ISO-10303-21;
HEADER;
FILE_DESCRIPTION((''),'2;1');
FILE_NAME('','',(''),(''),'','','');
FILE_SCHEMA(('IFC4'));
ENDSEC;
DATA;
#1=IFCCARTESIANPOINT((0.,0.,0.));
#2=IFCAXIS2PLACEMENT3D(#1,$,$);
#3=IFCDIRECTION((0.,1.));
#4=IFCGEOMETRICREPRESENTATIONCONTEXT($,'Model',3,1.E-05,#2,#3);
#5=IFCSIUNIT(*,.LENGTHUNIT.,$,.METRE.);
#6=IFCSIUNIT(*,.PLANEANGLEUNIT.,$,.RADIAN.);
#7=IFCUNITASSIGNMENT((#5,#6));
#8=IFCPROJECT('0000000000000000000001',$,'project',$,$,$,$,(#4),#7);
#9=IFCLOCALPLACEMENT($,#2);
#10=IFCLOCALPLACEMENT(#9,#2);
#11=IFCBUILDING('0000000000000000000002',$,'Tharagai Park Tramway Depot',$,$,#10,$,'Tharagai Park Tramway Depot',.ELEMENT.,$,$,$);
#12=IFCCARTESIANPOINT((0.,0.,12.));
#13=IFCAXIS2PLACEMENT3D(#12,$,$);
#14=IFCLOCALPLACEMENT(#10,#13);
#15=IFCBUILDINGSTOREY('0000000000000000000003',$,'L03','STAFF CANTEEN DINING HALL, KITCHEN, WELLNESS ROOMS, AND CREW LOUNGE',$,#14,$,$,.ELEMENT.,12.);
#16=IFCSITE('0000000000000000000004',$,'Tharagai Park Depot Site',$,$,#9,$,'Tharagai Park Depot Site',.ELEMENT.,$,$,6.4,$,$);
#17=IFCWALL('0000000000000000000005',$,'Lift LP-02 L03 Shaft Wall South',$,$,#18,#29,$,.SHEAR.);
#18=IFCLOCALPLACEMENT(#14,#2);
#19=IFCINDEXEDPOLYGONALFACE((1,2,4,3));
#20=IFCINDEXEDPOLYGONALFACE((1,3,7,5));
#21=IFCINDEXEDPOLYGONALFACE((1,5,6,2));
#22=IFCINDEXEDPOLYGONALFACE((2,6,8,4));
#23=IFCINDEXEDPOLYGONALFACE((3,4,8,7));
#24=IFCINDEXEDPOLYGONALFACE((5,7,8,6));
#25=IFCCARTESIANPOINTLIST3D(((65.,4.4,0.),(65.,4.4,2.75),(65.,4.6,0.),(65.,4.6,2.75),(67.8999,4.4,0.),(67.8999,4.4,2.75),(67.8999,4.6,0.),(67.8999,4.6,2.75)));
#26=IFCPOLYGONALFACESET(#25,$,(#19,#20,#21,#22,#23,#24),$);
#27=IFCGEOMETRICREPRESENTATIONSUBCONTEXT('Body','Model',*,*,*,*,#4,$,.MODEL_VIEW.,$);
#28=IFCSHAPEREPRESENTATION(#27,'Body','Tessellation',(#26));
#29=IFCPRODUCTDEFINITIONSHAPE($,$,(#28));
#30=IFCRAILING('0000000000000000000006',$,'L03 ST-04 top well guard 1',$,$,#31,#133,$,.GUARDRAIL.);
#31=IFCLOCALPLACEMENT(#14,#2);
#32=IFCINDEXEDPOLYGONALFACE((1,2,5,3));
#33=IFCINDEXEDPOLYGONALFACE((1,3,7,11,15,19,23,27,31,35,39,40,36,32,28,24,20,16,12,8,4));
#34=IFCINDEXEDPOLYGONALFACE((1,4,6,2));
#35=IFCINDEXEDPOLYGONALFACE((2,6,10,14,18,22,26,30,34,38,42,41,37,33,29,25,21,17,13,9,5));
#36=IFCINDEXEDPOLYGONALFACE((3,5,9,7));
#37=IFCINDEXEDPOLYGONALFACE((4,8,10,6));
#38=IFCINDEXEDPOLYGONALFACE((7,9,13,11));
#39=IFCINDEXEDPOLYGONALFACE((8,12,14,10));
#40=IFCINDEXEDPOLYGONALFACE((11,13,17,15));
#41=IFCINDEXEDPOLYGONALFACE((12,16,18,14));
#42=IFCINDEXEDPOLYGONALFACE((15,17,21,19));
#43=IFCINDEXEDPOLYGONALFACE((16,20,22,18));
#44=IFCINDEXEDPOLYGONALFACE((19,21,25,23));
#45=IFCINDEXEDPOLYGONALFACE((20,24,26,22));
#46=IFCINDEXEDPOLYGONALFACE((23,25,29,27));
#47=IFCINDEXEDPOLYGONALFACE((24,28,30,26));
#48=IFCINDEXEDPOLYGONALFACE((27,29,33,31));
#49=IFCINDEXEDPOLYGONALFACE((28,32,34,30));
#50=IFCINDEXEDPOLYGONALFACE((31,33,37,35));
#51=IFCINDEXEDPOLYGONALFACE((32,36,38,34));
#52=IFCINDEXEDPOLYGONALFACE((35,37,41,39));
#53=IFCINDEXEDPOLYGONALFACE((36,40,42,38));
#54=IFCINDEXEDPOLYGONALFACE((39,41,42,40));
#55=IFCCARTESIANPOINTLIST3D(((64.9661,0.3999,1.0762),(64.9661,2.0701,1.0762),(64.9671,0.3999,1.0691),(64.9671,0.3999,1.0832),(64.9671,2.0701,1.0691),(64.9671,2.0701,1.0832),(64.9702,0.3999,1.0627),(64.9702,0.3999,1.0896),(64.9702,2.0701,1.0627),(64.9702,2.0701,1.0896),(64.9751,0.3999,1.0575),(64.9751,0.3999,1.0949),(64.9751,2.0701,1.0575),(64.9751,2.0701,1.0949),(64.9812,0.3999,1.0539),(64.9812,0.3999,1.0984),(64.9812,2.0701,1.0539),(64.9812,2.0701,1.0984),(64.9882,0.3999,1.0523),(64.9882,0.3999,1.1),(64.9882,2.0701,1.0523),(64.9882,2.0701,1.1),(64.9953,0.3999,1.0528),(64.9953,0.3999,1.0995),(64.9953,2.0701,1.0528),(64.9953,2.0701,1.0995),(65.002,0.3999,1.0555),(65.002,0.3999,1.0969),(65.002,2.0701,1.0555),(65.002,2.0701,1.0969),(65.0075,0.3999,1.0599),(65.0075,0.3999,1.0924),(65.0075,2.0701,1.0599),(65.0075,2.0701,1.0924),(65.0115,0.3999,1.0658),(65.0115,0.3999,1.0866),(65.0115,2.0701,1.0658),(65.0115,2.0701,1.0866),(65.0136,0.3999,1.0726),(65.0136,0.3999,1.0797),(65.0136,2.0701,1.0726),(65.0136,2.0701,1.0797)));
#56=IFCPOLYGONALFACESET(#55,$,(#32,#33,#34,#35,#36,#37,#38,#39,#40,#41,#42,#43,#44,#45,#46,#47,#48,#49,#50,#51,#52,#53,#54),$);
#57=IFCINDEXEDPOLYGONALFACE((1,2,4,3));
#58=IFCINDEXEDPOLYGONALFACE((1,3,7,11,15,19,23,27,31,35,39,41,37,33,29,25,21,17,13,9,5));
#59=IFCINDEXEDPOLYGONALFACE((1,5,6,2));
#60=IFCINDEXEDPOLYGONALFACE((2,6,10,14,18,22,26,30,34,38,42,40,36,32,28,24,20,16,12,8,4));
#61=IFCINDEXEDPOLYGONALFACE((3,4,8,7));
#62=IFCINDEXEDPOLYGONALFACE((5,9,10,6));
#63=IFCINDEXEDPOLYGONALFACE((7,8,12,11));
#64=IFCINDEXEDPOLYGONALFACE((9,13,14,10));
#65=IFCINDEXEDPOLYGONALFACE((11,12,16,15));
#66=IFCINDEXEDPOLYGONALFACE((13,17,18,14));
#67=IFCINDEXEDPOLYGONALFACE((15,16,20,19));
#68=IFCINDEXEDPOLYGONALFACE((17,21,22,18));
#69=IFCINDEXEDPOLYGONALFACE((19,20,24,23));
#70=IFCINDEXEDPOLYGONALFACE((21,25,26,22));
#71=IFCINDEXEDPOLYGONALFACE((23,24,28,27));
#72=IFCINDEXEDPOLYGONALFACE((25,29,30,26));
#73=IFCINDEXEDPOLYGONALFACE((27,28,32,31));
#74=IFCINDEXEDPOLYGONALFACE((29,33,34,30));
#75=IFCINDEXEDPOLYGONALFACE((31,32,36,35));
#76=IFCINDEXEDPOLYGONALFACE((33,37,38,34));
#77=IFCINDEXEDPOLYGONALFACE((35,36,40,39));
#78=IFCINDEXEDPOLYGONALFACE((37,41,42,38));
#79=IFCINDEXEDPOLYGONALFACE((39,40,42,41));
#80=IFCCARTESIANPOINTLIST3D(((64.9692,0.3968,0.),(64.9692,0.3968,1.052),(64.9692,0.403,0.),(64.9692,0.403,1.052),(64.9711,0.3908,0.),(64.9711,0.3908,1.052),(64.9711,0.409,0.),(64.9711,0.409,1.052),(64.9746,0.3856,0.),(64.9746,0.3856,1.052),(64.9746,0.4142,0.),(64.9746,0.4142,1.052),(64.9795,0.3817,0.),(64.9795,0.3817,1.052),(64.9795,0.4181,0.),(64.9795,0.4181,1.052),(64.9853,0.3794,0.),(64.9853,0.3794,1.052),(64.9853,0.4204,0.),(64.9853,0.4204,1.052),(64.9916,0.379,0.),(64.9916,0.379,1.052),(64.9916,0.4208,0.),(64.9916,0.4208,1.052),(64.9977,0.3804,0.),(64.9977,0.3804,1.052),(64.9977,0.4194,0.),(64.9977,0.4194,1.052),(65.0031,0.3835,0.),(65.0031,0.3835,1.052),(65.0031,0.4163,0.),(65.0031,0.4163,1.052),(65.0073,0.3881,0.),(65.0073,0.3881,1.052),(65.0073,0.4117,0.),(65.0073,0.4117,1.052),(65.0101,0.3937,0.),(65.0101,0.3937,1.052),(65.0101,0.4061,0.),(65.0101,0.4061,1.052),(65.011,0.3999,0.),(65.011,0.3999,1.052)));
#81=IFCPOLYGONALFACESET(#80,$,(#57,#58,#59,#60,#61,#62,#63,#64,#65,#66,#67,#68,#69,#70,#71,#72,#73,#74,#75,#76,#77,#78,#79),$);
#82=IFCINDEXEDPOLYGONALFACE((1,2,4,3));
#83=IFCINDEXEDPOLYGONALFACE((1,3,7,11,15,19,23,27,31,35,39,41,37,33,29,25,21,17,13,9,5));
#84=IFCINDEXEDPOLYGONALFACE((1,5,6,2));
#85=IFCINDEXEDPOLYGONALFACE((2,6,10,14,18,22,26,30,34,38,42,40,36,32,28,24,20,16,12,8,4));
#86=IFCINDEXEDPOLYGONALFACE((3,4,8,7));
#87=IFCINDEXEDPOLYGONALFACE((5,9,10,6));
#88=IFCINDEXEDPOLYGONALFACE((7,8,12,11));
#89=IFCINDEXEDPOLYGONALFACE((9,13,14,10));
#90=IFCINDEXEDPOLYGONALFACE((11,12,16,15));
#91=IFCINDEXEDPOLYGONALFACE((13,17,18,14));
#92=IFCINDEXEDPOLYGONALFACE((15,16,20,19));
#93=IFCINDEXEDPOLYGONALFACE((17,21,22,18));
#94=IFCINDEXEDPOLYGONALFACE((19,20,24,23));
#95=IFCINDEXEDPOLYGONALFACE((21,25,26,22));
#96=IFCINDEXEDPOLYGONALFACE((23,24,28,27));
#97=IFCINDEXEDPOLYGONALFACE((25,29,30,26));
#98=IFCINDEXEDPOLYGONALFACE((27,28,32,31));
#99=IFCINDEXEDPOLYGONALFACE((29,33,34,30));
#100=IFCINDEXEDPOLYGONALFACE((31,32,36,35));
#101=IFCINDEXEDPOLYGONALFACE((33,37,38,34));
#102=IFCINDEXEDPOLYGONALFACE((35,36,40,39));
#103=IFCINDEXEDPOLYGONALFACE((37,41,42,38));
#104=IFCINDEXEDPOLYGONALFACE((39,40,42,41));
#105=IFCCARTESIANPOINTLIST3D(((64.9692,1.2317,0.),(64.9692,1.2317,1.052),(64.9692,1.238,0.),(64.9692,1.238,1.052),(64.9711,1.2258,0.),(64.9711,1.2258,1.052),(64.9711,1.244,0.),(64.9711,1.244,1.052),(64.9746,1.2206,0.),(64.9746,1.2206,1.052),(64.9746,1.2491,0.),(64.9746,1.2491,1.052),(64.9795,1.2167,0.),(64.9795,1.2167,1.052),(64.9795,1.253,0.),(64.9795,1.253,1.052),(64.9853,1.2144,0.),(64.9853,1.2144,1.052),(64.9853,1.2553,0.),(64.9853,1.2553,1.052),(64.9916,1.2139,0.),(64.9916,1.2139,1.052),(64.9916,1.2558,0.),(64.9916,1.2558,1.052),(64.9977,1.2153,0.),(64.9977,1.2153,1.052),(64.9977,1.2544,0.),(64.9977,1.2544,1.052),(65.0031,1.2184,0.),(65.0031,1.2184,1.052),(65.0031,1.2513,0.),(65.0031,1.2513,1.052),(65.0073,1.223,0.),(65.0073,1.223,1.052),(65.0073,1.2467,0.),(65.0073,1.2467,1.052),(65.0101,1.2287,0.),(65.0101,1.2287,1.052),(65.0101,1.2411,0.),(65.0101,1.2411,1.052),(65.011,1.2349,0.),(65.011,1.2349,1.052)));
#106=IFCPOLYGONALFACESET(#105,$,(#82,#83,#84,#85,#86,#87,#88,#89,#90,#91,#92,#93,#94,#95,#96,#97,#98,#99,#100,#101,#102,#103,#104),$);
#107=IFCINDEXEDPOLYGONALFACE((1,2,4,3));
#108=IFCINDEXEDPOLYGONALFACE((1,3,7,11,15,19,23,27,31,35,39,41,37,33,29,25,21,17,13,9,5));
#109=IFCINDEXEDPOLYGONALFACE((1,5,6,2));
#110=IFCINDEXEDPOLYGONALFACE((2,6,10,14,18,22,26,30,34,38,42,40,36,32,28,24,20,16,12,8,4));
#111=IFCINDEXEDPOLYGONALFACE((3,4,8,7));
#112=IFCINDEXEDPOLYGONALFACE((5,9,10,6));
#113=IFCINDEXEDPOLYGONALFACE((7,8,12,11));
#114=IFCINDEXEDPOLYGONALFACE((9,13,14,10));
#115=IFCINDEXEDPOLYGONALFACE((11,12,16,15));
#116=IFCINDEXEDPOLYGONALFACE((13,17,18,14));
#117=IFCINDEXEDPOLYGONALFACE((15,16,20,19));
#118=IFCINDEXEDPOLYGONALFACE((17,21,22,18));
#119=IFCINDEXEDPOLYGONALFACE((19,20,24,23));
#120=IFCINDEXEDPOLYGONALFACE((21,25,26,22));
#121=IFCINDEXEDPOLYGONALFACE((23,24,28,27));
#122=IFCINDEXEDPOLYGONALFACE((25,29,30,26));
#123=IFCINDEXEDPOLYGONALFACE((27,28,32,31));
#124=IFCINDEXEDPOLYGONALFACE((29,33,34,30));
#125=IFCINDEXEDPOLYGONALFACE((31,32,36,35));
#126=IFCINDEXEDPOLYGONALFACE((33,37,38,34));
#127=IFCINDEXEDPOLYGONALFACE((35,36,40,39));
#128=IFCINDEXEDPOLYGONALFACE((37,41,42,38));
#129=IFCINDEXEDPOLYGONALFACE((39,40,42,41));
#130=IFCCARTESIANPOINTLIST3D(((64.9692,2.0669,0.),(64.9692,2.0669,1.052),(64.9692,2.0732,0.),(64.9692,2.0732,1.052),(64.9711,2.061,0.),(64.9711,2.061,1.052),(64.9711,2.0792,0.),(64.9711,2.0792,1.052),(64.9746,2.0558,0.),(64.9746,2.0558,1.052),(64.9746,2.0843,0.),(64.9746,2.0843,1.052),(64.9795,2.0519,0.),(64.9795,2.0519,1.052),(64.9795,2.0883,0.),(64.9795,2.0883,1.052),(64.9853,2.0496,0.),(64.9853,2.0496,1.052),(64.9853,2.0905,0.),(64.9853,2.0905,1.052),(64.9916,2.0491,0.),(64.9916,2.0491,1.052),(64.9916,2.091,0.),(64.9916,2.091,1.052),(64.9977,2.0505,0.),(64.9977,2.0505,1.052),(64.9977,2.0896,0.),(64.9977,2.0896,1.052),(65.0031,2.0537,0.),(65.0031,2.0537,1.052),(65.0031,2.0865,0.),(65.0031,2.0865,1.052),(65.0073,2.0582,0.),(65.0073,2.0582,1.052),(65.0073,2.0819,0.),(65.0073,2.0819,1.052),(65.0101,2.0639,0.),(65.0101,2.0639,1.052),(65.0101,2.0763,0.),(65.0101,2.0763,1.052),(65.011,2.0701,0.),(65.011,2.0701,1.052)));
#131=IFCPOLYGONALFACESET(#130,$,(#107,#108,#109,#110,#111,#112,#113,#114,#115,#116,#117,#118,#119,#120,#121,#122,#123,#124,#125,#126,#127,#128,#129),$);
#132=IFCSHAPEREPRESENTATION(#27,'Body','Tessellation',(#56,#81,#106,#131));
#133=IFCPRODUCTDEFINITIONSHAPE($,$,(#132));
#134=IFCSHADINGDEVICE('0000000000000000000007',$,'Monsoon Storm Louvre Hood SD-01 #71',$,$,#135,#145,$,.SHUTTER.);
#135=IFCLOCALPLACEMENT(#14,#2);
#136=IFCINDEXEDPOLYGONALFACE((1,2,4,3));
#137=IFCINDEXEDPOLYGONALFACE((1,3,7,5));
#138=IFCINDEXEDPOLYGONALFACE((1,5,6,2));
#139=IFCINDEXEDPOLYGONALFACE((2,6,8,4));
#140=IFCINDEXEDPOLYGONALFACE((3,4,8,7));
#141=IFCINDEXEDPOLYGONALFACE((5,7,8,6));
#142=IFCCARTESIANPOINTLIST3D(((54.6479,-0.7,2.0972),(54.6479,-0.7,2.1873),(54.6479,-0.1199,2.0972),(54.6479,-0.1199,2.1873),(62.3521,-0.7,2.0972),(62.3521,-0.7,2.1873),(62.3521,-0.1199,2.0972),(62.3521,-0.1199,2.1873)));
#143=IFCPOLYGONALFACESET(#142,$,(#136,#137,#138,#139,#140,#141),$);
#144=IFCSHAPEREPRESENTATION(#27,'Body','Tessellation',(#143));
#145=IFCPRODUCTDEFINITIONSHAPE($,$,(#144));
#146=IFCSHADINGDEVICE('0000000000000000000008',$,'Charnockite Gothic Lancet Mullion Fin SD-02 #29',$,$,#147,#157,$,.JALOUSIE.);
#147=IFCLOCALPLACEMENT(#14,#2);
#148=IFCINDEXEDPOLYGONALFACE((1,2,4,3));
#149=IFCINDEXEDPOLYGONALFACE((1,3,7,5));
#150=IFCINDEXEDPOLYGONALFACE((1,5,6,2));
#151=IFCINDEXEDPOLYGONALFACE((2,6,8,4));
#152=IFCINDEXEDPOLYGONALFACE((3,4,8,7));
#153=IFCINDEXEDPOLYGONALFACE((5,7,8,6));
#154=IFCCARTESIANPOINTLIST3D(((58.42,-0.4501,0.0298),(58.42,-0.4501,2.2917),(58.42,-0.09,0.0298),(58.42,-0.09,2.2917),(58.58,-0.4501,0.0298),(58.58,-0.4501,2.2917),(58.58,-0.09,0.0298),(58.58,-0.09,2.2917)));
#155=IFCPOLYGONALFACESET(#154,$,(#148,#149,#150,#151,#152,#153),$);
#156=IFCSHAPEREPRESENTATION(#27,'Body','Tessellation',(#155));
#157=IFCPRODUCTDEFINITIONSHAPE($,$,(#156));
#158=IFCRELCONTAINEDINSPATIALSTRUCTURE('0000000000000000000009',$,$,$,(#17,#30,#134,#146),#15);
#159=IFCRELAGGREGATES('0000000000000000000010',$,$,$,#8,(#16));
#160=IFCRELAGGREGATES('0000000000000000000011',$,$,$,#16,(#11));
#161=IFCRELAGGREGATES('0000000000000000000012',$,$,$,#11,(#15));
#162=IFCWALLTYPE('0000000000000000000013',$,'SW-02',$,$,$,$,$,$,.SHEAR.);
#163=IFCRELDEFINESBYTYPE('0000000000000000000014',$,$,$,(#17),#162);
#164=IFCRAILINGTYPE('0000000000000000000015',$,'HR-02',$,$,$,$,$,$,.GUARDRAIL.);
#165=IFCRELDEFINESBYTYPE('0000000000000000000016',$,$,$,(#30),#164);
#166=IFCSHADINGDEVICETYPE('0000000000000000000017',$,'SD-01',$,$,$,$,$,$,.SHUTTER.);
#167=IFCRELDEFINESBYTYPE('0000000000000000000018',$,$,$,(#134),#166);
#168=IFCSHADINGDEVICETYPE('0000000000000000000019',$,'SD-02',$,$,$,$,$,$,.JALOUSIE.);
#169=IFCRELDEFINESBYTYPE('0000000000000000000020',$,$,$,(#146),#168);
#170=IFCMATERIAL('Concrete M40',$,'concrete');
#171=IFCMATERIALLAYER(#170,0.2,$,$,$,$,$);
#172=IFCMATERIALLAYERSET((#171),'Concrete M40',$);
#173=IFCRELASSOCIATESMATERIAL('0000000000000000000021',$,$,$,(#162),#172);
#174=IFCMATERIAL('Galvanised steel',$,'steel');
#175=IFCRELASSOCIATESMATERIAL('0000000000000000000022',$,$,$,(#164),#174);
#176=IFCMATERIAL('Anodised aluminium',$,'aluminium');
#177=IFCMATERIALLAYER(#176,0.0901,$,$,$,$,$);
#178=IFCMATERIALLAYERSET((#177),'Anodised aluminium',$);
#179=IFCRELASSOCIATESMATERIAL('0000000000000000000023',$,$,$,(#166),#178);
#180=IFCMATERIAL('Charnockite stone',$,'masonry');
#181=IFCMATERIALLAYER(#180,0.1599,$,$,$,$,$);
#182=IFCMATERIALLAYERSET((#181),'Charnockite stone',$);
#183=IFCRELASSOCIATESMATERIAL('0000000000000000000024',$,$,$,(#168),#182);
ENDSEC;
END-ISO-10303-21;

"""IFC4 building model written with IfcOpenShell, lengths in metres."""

from ifc_helpers import new_model, si_unit, direction, frame, frame_2d, origin, origin_2d, place, context, subcontext, project, spatial, rectangle, circle, extrude, material, layer, layer_set, type_object, element, save


model = new_model("IFC4")

# Units and contexts
model_context = context("Model", 3, precision=1e-05, world=origin(), true_north=direction((0.0, 1.0)))
body_context = subcontext(model_context, "Body", "Model", "MODEL_VIEW")
ifc_project = project(units=[si_unit("LENGTHUNIT", "METRE"), si_unit("PLANEANGLEUNIT", "RADIAN")], contexts=[model_context])

# Site, building, storey
site_placement = place(None, origin())
site = spatial("IfcSite", under=ifc_project, at=site_placement, Name="Tharagai Park Depot Site", LongName="Tharagai Park Depot Site", CompositionType="ELEMENT", RefElevation=6.4)
building_placement = place(site_placement, origin())
building = spatial("IfcBuilding", under=site, at=building_placement, Name="Tharagai Park Tramway Depot", LongName="Tharagai Park Tramway Depot", CompositionType="ELEMENT")
storey_placement = place(building_placement, frame((0.0, 0.0, 12.0)))
storey = spatial("IfcBuildingStorey", under=building, at=storey_placement, Name="L03", Description="STAFF CANTEEN DINING HALL, KITCHEN, WELLNESS ROOMS, AND CREW LOUNGE", CompositionType="ELEMENT", Elevation=12.0)

# Shared definitions
ifc_material_1 = material(Name="Concrete M40", Category="concrete")

# Shared definitions
ifc_material_2 = material(Name="Anodised aluminium", Category="aluminium")

# Shared definitions
ifc_material_3 = material(Name="Charnockite stone", Category="masonry")

# Shared definitions
ifc_material_4 = material(Name="Galvanised steel", Category="steel")

# Wall
ifc_layer_1 = layer(ifc_material_1, 0.2)
ifc_layer_set_1 = layer_set([ifc_layer_1], Name="Concrete M40")
wall_type_1 = type_object("IfcWallType", Name="SW-02", PredefinedType="SHEAR", material=ifc_layer_set_1)
wall_1_placement = place(storey_placement, frame((65.0, 4.5, 0.0), z_axis=(0.0, 0.0, 1.0), x_axis=(1.0, 0.0, 0.0)))
element("IfcWall", 1, at=wall_1_placement, inside=storey, type_object=wall_type_1, Name="Lift LP-02 L03 Shaft Wall South", PredefinedType="SHEAR", context=body_context, shape_type="SweptSolid", body=[
    extrude(rectangle(XDim=2.8999, YDim=0.2, at=frame_2d((1.45, 0.0))), origin(), (0.0, 0.0, 1.0), 2.75),
])

# Railing
railing_type = type_object("IfcRailingType", Name="HR-02", PredefinedType="GUARDRAIL", material=ifc_material_4)
railing_placement = place(storey_placement, frame((64.99, 0.3999, 0.0)))
element("IfcRailing", 2, at=railing_placement, inside=storey, type_object=railing_type, Name="L03 ST-04 top well guard 1", PredefinedType="GUARDRAIL", context=body_context, shape_type="SweptSolid", body=[
    extrude(circle(Radius=0.0239, at=origin_2d()), frame((0.0, 0.0, 1.0762), z_axis=(0.0, 1.0, 0.0), x_axis=(-1.0, 0.0, 0.0)), (0.0, 0.0, 1.0), 1.6702),
    extrude(circle(Radius=0.021, at=origin_2d()), origin(), (0.0, 0.0, 1.0), 1.052),
    extrude(circle(Radius=0.021, at=origin_2d()), frame((0.0, 0.835, 0.0)), (0.0, 0.0, 1.0), 1.052),
    extrude(circle(Radius=0.021, at=origin_2d()), frame((0.0, 1.6702, 0.0)), (0.0, 0.0, 1.0), 1.052),
])

# Shading devices
ifc_layer_2 = layer(ifc_material_2, 0.0901)
ifc_layer_set_2 = layer_set([ifc_layer_2], Name="Anodised aluminium")
shading_device_type_1 = type_object("IfcShadingDeviceType", Name="SD-01", PredefinedType="SHUTTER", material=ifc_layer_set_2)
shading_device_1_placement = place(storey_placement, frame((58.5, -0.4099, 2.0972), z_axis=(0.0, 0.0, 1.0), x_axis=(1.0, 0.0, 0.0)))
element("IfcShadingDevice", 3, at=shading_device_1_placement, inside=storey, type_object=shading_device_type_1, Name="Monsoon Storm Louvre Hood SD-01 #71", PredefinedType="SHUTTER", context=body_context, shape_type="SweptSolid", body=[
    extrude(rectangle(XDim=7.7041, YDim=0.5801, at=origin_2d()), origin(), (0.0, 0.0, 1.0), 0.0901),
])
ifc_layer_3 = layer(ifc_material_3, 0.1599)
ifc_layer_set_3 = layer_set([ifc_layer_3], Name="Charnockite stone")
shading_device_type_2 = type_object("IfcShadingDeviceType", Name="SD-02", PredefinedType="JALOUSIE", material=ifc_layer_set_3)
shading_device_2_placement = place(storey_placement, frame((58.5, -0.27, 0.0298), z_axis=(0.0, 0.0, 1.0), x_axis=(1.0, 0.0, 0.0)))
element("IfcShadingDevice", 4, at=shading_device_2_placement, inside=storey, type_object=shading_device_type_2, Name="Charnockite Gothic Lancet Mullion Fin SD-02 #29", PredefinedType="JALOUSIE", context=body_context, shape_type="SweptSolid", body=[
    extrude(rectangle(XDim=0.1599, YDim=0.3601, at=origin_2d()), origin(), (0.0, 0.0, 1.0), 2.262),
])

save(model, "model.ifc")
